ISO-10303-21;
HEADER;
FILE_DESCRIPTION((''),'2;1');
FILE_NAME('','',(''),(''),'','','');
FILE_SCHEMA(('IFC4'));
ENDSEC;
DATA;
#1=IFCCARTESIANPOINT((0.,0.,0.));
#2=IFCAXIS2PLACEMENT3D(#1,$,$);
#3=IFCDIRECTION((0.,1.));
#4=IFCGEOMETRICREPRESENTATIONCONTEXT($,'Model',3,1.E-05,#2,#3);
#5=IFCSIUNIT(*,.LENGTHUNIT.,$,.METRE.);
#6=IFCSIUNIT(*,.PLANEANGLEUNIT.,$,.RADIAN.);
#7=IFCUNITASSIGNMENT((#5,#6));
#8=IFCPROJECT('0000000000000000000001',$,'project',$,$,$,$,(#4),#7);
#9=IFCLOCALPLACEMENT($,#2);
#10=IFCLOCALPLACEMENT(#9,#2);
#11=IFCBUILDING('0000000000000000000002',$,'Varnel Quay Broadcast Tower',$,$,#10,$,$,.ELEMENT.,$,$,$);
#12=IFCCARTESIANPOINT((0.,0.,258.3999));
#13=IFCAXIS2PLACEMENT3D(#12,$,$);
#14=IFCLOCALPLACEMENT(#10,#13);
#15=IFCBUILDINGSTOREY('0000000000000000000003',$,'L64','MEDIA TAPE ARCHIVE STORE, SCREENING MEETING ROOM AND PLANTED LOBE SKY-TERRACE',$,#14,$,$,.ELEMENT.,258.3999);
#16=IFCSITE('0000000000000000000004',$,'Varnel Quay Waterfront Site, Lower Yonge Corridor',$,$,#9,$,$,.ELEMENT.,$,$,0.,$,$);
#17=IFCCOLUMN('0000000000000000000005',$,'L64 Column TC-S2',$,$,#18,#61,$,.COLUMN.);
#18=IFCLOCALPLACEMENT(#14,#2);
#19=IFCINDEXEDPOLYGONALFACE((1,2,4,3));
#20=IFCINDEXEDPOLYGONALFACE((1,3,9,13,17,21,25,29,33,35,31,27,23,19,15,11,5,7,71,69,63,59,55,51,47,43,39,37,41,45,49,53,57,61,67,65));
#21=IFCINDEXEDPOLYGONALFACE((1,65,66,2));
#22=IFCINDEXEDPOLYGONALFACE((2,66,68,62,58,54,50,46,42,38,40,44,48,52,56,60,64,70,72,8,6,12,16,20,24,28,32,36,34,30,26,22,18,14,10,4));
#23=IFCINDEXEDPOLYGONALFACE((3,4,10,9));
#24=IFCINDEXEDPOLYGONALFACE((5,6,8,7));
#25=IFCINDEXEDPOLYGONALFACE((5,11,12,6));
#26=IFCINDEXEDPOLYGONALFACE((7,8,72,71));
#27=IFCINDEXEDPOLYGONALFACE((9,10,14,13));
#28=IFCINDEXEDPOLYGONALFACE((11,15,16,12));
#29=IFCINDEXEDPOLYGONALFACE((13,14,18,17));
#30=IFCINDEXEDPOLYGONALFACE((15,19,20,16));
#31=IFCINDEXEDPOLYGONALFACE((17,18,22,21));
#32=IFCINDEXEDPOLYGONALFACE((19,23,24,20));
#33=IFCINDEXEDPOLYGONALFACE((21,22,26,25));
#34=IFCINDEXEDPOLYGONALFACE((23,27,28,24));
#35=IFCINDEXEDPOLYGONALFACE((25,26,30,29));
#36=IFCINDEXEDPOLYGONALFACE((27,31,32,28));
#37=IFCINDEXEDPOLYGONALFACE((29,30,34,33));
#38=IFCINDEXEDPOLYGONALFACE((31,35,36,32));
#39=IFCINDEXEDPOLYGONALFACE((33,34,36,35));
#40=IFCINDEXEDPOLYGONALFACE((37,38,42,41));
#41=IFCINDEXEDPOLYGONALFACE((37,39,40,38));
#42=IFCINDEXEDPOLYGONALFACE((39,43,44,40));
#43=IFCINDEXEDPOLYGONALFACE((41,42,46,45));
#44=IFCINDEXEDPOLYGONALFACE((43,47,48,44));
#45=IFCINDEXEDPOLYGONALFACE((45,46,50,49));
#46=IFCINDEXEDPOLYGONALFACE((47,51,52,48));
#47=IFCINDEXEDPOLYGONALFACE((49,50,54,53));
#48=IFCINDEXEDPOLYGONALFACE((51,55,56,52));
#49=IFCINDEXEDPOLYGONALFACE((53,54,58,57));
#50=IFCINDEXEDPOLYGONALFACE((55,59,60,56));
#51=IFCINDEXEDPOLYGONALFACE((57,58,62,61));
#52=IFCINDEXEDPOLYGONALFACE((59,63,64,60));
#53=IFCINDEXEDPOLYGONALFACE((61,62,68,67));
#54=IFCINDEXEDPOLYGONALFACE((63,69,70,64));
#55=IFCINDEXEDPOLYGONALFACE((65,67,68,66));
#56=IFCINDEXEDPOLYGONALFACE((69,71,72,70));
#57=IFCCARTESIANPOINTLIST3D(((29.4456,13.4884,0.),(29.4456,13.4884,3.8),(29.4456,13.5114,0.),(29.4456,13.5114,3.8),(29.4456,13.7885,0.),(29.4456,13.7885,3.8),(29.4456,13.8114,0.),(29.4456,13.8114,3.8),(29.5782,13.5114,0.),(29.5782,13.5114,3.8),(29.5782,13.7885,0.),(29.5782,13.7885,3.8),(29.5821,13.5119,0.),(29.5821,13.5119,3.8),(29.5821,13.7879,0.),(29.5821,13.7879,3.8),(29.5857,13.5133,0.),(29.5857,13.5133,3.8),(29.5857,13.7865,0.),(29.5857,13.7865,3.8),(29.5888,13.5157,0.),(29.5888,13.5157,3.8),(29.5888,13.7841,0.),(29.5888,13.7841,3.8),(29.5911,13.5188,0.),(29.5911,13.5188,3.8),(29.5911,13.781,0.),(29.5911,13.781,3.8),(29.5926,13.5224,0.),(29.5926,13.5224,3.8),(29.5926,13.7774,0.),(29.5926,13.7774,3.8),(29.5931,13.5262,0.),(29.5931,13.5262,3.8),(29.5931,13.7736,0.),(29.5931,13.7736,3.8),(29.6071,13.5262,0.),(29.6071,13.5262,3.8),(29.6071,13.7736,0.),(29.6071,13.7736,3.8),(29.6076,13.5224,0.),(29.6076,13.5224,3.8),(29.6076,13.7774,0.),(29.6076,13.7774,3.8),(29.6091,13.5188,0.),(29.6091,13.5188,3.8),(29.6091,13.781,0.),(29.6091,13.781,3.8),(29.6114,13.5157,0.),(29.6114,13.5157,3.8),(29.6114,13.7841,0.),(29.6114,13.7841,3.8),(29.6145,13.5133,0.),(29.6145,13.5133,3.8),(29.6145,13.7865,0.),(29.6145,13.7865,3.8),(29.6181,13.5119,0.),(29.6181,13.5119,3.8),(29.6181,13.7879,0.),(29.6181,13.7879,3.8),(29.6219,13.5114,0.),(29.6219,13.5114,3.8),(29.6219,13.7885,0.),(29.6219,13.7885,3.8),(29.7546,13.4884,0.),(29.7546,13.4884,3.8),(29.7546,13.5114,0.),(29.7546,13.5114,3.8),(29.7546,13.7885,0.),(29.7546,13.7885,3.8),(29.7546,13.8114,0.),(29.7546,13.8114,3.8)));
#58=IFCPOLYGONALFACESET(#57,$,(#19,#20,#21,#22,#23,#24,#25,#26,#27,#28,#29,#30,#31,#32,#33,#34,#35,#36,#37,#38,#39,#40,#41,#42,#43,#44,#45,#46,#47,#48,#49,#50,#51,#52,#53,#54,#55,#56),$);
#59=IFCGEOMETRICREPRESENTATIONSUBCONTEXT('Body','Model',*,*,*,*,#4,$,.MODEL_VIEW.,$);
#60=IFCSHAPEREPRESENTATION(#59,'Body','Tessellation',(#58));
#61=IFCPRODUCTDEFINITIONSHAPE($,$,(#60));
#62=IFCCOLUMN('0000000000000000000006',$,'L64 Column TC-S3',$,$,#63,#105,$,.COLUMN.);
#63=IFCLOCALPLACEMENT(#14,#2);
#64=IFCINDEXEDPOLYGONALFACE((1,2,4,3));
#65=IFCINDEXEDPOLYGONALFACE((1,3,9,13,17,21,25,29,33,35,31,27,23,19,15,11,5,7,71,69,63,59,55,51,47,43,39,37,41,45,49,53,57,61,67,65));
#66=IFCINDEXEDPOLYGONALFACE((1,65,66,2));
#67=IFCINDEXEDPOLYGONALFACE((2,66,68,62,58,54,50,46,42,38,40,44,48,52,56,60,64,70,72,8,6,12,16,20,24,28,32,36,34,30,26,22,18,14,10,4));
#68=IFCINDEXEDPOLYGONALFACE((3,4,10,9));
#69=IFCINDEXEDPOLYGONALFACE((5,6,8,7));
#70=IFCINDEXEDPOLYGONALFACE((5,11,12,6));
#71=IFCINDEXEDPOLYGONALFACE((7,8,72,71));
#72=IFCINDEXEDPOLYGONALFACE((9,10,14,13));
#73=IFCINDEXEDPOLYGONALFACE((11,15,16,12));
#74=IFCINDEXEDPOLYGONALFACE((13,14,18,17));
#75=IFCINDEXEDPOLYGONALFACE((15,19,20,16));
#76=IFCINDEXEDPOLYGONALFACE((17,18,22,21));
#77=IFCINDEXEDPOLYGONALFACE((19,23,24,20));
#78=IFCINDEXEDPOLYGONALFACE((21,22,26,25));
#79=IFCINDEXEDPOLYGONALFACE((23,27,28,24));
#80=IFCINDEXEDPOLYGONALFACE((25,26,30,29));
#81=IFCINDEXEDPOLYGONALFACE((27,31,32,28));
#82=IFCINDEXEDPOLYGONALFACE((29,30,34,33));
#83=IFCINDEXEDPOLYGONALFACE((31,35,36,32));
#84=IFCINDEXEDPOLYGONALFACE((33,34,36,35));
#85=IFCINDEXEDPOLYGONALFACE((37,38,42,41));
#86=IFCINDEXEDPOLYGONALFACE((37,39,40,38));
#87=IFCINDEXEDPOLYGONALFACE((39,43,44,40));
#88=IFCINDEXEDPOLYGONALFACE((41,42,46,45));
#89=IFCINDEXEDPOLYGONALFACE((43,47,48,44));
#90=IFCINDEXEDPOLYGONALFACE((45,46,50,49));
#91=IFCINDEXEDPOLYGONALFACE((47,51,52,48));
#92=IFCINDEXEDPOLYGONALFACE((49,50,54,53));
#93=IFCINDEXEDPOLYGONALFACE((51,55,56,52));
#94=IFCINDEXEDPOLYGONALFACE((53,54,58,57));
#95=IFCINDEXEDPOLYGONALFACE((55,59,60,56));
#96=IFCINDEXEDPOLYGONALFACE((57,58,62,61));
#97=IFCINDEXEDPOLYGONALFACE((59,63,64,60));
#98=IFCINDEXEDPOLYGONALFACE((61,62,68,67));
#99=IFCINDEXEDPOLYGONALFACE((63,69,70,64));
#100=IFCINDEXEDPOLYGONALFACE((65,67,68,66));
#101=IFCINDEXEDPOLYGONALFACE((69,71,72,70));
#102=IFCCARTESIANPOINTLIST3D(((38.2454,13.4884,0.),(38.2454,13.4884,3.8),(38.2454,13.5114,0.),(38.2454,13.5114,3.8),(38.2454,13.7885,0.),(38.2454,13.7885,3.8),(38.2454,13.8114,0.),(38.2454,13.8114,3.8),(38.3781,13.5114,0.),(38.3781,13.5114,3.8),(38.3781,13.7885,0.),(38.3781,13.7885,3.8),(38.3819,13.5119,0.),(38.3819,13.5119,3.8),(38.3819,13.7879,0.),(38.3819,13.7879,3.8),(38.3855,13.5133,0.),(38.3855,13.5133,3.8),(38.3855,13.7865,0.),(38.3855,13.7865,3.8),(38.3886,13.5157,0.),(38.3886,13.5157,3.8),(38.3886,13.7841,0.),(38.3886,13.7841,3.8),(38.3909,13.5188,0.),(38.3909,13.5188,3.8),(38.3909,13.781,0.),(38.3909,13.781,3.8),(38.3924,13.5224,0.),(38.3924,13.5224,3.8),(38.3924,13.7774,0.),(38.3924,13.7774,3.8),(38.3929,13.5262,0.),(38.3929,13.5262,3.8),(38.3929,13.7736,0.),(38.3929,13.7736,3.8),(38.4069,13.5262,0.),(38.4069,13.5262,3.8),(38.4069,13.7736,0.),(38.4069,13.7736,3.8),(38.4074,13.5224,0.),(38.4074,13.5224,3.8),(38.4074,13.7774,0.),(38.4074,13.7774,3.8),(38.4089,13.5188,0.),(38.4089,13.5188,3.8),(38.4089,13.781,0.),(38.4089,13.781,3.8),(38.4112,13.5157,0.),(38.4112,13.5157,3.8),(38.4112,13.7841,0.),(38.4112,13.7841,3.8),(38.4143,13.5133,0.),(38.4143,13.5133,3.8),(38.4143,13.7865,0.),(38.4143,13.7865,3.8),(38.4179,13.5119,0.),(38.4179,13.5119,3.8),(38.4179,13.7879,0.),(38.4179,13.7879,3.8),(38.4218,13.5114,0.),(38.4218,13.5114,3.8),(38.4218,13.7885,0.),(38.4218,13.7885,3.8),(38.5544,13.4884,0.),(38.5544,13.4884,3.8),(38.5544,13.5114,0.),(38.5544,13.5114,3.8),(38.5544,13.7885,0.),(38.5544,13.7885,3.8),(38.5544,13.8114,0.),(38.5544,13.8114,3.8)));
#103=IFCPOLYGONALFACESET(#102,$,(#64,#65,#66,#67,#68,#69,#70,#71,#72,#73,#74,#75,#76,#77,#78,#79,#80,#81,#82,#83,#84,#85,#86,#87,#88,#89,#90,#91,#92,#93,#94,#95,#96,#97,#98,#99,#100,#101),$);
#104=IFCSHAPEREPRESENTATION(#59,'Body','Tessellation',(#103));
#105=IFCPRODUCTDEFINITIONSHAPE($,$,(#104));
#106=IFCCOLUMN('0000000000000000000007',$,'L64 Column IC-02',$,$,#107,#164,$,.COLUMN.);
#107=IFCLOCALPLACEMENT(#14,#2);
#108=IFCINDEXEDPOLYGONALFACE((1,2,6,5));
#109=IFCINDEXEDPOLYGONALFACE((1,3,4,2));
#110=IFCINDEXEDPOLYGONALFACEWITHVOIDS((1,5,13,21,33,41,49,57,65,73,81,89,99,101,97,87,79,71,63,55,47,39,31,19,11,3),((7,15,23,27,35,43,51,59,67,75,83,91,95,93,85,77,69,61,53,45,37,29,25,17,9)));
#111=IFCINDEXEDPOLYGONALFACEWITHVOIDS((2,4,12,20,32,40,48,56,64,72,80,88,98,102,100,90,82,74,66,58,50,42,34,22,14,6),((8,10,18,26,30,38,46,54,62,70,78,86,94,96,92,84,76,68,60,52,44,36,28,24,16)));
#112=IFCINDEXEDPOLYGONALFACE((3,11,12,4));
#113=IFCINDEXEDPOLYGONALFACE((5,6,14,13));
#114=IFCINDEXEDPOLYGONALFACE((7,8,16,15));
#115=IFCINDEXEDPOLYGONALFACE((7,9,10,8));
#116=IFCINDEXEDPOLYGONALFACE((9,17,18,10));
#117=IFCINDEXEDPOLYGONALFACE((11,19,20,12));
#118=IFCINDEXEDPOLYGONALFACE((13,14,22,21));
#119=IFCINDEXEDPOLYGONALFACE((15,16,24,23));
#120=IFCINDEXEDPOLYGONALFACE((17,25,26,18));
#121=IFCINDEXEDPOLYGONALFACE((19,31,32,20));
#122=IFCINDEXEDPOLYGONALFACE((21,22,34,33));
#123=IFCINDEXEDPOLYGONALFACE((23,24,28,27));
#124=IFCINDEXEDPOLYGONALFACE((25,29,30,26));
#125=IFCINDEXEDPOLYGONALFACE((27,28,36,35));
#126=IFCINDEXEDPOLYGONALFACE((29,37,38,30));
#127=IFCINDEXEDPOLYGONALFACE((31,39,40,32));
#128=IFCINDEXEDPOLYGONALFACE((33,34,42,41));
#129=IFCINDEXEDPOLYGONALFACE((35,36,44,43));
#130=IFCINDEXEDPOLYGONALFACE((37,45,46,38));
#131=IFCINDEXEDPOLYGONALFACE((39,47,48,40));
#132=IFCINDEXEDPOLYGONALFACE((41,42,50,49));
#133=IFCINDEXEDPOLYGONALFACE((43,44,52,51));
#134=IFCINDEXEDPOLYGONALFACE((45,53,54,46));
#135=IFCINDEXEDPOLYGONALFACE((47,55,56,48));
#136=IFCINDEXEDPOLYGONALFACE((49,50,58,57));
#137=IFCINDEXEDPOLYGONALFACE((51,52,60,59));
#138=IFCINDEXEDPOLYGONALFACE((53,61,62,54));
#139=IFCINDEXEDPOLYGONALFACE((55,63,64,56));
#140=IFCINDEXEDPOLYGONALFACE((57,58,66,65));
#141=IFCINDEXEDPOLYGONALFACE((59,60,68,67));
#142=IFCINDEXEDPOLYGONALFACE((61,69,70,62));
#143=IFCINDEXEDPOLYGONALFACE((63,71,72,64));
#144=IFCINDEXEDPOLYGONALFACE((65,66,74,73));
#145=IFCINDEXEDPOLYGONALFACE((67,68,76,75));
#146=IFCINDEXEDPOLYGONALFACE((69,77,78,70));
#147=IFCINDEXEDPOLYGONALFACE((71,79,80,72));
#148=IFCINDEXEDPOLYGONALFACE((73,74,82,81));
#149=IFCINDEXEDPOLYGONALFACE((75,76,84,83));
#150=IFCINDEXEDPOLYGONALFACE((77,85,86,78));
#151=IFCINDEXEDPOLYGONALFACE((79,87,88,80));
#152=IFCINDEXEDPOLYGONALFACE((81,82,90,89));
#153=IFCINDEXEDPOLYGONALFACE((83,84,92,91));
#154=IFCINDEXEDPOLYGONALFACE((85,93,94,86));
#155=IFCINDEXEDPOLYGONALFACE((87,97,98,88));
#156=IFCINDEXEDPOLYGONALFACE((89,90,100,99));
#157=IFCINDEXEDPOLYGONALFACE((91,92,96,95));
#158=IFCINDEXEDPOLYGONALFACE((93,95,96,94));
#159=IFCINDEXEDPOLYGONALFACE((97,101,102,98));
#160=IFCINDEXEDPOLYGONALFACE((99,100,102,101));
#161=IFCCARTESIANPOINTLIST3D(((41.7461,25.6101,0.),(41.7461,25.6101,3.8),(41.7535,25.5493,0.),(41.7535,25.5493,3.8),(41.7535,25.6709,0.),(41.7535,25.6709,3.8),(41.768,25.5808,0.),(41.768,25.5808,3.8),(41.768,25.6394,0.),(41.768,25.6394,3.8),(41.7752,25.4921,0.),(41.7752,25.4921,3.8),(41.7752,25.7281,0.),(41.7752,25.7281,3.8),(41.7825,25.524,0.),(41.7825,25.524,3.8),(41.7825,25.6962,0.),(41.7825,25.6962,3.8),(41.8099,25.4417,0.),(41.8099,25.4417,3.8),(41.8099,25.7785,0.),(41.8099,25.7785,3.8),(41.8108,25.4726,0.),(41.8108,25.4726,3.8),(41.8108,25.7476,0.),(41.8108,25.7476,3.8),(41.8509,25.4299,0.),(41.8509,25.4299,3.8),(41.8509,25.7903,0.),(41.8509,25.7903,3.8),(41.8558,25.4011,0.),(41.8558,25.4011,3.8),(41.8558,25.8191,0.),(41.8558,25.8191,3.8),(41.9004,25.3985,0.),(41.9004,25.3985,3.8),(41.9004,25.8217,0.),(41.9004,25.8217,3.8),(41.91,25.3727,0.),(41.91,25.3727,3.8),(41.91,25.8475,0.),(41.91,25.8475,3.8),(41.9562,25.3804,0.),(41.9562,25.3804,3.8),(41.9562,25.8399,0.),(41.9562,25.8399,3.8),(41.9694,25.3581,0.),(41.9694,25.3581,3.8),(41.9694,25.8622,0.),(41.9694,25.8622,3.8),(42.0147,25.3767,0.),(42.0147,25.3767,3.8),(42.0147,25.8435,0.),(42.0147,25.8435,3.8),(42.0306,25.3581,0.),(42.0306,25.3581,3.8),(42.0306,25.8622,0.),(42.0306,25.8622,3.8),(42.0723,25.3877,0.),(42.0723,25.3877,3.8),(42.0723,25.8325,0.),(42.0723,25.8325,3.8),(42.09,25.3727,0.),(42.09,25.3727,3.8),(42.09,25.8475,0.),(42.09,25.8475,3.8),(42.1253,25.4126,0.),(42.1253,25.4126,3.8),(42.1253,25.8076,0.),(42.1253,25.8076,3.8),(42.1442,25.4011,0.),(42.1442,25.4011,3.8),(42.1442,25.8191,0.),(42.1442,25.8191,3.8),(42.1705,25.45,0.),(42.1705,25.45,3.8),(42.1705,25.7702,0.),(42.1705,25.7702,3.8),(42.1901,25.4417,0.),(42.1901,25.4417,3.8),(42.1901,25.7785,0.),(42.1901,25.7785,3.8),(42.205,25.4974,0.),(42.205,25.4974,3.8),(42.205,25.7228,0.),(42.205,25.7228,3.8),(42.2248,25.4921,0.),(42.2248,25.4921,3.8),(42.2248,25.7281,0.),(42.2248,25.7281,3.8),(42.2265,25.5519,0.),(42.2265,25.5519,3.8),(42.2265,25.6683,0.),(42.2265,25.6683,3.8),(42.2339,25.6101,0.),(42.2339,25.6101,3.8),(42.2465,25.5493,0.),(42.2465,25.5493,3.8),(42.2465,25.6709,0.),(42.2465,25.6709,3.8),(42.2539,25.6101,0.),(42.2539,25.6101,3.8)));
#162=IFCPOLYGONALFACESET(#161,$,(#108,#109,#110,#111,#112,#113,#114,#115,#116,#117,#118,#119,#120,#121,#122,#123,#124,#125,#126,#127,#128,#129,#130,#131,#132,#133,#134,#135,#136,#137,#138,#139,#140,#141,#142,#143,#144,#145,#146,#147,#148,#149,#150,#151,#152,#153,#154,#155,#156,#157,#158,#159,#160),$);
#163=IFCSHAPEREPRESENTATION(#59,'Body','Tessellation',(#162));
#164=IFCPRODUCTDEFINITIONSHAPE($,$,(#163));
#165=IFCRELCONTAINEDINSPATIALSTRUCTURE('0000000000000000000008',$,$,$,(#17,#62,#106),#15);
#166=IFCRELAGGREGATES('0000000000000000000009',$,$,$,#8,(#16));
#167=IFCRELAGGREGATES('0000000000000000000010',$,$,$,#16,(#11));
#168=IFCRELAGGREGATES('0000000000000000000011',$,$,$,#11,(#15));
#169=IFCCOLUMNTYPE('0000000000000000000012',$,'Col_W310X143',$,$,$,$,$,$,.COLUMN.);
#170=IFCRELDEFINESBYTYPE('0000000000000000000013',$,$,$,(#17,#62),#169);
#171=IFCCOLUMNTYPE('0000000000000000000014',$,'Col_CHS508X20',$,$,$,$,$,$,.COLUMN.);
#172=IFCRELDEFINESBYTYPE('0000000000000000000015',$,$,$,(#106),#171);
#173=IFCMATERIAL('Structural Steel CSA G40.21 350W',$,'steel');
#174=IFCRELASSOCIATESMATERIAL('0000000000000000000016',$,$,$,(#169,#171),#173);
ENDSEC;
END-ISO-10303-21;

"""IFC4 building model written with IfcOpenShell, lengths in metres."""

from ifc_helpers import new_model, si_unit, direction, frame, origin, origin_2d, place, context, subcontext, project, spatial, hollow_circle, i_section, extrude, source, transform, mapped, material, material_profile, profile_set, type_object, type_shapes, element, save


model = new_model("IFC4")

# Units and contexts
model_context = context("Model", 3, precision=1e-05, world=origin(), true_north=direction((0.0, 1.0)))
body_context = subcontext(model_context, "Body", "Model", "MODEL_VIEW")
ifc_project = project(units=[si_unit("LENGTHUNIT", "METRE"), si_unit("PLANEANGLEUNIT", "RADIAN")], contexts=[model_context])

# Site, building, storey
site_placement = place(None, origin())
site = spatial("IfcSite", under=ifc_project, at=site_placement, Name="Varnel Quay Waterfront Site, Lower Yonge Corridor", CompositionType="ELEMENT", RefElevation=0.0)
building_placement = place(site_placement, origin())
building = spatial("IfcBuilding", under=site, at=building_placement, Name="Varnel Quay Broadcast Tower", CompositionType="ELEMENT")
storey_placement = place(building_placement, frame((0.0, 0.0, 258.3999)))
storey = spatial("IfcBuildingStorey", under=building, at=storey_placement, Name="L64", Description="MEDIA TAPE ARCHIVE STORE, SCREENING MEETING ROOM AND PLANTED LOBE SKY-TERRACE", CompositionType="ELEMENT", Elevation=258.3999)

# Columns
ifc_material_1 = material(Name="Structural Steel CSA G40.21 350W", Category="steel")
ifc_material_profile_1 = material_profile(ifc_material_1, i_section(OverallWidth=0.3091, OverallDepth=0.323, WebThickness=0.0139, FlangeThickness=0.0229, FilletRadius=0.0149, at=origin_2d()), Name="W310X143")
ifc_profile_set_1 = profile_set([ifc_material_profile_1], Name="Structural Steel CSA G40.21 350W")
column_type_1 = type_object("IfcColumnType", Name="Col_W310X143", PredefinedType="COLUMN", material=ifc_profile_set_1)
shared_shape_1 = source(origin(), body_context, "Body", "SweptSolid", [
    extrude(i_section(OverallWidth=0.3091, OverallDepth=0.323, WebThickness=0.0139, FlangeThickness=0.0229, FilletRadius=0.0149, at=origin_2d()), origin(), (0.0, 0.0, 1.0), 3.8),
])
type_shapes(column_type_1, [shared_shape_1])
for number, where, z_axis, x_axis, name in (
    (1, (29.6001, 13.6499, 0.0), (0.0, 0.0, 1.0), (1.0, 0.0, 0.0), "L64 Column TC-S2"),
    (2, (38.3999, 13.6499, 0.0), (0.0, 0.0, 1.0), (1.0, 0.0, 0.0), "L64 Column TC-S3"),
):
    element("IfcColumn", number, at=place(storey_placement, frame(where, z_axis=z_axis, x_axis=x_axis)), inside=storey, type_object=column_type_1, Name=name, PredefinedType="COLUMN", context=body_context, shape_type="MappedRepresentation", body=[
        mapped(shared_shape_1, transform((0.0, 0.0, 0.0), x_axis=(1.0, 0.0, 0.0), y_axis=(0.0, 1.0, 0.0), z_axis=(0.0, 0.0, 1.0), scale=1.0)),
    ])
ifc_material_profile_2 = material_profile(ifc_material_1, hollow_circle(Radius=0.2539, WallThickness=0.02, at=origin_2d()), Name="CHS508X20")
ifc_profile_set_2 = profile_set([ifc_material_profile_2], Name="Structural Steel CSA G40.21 350W")
column_type_2 = type_object("IfcColumnType", Name="Col_CHS508X20", PredefinedType="COLUMN", material=ifc_profile_set_2)
shared_shape_2 = source(origin(), body_context, "Body", "SweptSolid", [
    extrude(hollow_circle(Radius=0.2539, WallThickness=0.02, at=origin_2d()), origin(), (0.0, 0.0, 1.0), 3.8),
])
type_shapes(column_type_2, [shared_shape_2])
column_placement = place(storey_placement, frame((42.0, 25.6101, 0.0), z_axis=(0.0, 0.0, 1.0), x_axis=(1.0, 0.0, 0.0)))
element("IfcColumn", 3, at=column_placement, inside=storey, type_object=column_type_2, Name="L64 Column IC-02", PredefinedType="COLUMN", context=body_context, shape_type="MappedRepresentation", body=[
    mapped(shared_shape_2, transform((0.0, 0.0, 0.0), x_axis=(1.0, 0.0, 0.0), y_axis=(0.0, 1.0, 0.0), z_axis=(0.0, 0.0, 1.0), scale=1.0)),
])

save(model, "model.ifc")
